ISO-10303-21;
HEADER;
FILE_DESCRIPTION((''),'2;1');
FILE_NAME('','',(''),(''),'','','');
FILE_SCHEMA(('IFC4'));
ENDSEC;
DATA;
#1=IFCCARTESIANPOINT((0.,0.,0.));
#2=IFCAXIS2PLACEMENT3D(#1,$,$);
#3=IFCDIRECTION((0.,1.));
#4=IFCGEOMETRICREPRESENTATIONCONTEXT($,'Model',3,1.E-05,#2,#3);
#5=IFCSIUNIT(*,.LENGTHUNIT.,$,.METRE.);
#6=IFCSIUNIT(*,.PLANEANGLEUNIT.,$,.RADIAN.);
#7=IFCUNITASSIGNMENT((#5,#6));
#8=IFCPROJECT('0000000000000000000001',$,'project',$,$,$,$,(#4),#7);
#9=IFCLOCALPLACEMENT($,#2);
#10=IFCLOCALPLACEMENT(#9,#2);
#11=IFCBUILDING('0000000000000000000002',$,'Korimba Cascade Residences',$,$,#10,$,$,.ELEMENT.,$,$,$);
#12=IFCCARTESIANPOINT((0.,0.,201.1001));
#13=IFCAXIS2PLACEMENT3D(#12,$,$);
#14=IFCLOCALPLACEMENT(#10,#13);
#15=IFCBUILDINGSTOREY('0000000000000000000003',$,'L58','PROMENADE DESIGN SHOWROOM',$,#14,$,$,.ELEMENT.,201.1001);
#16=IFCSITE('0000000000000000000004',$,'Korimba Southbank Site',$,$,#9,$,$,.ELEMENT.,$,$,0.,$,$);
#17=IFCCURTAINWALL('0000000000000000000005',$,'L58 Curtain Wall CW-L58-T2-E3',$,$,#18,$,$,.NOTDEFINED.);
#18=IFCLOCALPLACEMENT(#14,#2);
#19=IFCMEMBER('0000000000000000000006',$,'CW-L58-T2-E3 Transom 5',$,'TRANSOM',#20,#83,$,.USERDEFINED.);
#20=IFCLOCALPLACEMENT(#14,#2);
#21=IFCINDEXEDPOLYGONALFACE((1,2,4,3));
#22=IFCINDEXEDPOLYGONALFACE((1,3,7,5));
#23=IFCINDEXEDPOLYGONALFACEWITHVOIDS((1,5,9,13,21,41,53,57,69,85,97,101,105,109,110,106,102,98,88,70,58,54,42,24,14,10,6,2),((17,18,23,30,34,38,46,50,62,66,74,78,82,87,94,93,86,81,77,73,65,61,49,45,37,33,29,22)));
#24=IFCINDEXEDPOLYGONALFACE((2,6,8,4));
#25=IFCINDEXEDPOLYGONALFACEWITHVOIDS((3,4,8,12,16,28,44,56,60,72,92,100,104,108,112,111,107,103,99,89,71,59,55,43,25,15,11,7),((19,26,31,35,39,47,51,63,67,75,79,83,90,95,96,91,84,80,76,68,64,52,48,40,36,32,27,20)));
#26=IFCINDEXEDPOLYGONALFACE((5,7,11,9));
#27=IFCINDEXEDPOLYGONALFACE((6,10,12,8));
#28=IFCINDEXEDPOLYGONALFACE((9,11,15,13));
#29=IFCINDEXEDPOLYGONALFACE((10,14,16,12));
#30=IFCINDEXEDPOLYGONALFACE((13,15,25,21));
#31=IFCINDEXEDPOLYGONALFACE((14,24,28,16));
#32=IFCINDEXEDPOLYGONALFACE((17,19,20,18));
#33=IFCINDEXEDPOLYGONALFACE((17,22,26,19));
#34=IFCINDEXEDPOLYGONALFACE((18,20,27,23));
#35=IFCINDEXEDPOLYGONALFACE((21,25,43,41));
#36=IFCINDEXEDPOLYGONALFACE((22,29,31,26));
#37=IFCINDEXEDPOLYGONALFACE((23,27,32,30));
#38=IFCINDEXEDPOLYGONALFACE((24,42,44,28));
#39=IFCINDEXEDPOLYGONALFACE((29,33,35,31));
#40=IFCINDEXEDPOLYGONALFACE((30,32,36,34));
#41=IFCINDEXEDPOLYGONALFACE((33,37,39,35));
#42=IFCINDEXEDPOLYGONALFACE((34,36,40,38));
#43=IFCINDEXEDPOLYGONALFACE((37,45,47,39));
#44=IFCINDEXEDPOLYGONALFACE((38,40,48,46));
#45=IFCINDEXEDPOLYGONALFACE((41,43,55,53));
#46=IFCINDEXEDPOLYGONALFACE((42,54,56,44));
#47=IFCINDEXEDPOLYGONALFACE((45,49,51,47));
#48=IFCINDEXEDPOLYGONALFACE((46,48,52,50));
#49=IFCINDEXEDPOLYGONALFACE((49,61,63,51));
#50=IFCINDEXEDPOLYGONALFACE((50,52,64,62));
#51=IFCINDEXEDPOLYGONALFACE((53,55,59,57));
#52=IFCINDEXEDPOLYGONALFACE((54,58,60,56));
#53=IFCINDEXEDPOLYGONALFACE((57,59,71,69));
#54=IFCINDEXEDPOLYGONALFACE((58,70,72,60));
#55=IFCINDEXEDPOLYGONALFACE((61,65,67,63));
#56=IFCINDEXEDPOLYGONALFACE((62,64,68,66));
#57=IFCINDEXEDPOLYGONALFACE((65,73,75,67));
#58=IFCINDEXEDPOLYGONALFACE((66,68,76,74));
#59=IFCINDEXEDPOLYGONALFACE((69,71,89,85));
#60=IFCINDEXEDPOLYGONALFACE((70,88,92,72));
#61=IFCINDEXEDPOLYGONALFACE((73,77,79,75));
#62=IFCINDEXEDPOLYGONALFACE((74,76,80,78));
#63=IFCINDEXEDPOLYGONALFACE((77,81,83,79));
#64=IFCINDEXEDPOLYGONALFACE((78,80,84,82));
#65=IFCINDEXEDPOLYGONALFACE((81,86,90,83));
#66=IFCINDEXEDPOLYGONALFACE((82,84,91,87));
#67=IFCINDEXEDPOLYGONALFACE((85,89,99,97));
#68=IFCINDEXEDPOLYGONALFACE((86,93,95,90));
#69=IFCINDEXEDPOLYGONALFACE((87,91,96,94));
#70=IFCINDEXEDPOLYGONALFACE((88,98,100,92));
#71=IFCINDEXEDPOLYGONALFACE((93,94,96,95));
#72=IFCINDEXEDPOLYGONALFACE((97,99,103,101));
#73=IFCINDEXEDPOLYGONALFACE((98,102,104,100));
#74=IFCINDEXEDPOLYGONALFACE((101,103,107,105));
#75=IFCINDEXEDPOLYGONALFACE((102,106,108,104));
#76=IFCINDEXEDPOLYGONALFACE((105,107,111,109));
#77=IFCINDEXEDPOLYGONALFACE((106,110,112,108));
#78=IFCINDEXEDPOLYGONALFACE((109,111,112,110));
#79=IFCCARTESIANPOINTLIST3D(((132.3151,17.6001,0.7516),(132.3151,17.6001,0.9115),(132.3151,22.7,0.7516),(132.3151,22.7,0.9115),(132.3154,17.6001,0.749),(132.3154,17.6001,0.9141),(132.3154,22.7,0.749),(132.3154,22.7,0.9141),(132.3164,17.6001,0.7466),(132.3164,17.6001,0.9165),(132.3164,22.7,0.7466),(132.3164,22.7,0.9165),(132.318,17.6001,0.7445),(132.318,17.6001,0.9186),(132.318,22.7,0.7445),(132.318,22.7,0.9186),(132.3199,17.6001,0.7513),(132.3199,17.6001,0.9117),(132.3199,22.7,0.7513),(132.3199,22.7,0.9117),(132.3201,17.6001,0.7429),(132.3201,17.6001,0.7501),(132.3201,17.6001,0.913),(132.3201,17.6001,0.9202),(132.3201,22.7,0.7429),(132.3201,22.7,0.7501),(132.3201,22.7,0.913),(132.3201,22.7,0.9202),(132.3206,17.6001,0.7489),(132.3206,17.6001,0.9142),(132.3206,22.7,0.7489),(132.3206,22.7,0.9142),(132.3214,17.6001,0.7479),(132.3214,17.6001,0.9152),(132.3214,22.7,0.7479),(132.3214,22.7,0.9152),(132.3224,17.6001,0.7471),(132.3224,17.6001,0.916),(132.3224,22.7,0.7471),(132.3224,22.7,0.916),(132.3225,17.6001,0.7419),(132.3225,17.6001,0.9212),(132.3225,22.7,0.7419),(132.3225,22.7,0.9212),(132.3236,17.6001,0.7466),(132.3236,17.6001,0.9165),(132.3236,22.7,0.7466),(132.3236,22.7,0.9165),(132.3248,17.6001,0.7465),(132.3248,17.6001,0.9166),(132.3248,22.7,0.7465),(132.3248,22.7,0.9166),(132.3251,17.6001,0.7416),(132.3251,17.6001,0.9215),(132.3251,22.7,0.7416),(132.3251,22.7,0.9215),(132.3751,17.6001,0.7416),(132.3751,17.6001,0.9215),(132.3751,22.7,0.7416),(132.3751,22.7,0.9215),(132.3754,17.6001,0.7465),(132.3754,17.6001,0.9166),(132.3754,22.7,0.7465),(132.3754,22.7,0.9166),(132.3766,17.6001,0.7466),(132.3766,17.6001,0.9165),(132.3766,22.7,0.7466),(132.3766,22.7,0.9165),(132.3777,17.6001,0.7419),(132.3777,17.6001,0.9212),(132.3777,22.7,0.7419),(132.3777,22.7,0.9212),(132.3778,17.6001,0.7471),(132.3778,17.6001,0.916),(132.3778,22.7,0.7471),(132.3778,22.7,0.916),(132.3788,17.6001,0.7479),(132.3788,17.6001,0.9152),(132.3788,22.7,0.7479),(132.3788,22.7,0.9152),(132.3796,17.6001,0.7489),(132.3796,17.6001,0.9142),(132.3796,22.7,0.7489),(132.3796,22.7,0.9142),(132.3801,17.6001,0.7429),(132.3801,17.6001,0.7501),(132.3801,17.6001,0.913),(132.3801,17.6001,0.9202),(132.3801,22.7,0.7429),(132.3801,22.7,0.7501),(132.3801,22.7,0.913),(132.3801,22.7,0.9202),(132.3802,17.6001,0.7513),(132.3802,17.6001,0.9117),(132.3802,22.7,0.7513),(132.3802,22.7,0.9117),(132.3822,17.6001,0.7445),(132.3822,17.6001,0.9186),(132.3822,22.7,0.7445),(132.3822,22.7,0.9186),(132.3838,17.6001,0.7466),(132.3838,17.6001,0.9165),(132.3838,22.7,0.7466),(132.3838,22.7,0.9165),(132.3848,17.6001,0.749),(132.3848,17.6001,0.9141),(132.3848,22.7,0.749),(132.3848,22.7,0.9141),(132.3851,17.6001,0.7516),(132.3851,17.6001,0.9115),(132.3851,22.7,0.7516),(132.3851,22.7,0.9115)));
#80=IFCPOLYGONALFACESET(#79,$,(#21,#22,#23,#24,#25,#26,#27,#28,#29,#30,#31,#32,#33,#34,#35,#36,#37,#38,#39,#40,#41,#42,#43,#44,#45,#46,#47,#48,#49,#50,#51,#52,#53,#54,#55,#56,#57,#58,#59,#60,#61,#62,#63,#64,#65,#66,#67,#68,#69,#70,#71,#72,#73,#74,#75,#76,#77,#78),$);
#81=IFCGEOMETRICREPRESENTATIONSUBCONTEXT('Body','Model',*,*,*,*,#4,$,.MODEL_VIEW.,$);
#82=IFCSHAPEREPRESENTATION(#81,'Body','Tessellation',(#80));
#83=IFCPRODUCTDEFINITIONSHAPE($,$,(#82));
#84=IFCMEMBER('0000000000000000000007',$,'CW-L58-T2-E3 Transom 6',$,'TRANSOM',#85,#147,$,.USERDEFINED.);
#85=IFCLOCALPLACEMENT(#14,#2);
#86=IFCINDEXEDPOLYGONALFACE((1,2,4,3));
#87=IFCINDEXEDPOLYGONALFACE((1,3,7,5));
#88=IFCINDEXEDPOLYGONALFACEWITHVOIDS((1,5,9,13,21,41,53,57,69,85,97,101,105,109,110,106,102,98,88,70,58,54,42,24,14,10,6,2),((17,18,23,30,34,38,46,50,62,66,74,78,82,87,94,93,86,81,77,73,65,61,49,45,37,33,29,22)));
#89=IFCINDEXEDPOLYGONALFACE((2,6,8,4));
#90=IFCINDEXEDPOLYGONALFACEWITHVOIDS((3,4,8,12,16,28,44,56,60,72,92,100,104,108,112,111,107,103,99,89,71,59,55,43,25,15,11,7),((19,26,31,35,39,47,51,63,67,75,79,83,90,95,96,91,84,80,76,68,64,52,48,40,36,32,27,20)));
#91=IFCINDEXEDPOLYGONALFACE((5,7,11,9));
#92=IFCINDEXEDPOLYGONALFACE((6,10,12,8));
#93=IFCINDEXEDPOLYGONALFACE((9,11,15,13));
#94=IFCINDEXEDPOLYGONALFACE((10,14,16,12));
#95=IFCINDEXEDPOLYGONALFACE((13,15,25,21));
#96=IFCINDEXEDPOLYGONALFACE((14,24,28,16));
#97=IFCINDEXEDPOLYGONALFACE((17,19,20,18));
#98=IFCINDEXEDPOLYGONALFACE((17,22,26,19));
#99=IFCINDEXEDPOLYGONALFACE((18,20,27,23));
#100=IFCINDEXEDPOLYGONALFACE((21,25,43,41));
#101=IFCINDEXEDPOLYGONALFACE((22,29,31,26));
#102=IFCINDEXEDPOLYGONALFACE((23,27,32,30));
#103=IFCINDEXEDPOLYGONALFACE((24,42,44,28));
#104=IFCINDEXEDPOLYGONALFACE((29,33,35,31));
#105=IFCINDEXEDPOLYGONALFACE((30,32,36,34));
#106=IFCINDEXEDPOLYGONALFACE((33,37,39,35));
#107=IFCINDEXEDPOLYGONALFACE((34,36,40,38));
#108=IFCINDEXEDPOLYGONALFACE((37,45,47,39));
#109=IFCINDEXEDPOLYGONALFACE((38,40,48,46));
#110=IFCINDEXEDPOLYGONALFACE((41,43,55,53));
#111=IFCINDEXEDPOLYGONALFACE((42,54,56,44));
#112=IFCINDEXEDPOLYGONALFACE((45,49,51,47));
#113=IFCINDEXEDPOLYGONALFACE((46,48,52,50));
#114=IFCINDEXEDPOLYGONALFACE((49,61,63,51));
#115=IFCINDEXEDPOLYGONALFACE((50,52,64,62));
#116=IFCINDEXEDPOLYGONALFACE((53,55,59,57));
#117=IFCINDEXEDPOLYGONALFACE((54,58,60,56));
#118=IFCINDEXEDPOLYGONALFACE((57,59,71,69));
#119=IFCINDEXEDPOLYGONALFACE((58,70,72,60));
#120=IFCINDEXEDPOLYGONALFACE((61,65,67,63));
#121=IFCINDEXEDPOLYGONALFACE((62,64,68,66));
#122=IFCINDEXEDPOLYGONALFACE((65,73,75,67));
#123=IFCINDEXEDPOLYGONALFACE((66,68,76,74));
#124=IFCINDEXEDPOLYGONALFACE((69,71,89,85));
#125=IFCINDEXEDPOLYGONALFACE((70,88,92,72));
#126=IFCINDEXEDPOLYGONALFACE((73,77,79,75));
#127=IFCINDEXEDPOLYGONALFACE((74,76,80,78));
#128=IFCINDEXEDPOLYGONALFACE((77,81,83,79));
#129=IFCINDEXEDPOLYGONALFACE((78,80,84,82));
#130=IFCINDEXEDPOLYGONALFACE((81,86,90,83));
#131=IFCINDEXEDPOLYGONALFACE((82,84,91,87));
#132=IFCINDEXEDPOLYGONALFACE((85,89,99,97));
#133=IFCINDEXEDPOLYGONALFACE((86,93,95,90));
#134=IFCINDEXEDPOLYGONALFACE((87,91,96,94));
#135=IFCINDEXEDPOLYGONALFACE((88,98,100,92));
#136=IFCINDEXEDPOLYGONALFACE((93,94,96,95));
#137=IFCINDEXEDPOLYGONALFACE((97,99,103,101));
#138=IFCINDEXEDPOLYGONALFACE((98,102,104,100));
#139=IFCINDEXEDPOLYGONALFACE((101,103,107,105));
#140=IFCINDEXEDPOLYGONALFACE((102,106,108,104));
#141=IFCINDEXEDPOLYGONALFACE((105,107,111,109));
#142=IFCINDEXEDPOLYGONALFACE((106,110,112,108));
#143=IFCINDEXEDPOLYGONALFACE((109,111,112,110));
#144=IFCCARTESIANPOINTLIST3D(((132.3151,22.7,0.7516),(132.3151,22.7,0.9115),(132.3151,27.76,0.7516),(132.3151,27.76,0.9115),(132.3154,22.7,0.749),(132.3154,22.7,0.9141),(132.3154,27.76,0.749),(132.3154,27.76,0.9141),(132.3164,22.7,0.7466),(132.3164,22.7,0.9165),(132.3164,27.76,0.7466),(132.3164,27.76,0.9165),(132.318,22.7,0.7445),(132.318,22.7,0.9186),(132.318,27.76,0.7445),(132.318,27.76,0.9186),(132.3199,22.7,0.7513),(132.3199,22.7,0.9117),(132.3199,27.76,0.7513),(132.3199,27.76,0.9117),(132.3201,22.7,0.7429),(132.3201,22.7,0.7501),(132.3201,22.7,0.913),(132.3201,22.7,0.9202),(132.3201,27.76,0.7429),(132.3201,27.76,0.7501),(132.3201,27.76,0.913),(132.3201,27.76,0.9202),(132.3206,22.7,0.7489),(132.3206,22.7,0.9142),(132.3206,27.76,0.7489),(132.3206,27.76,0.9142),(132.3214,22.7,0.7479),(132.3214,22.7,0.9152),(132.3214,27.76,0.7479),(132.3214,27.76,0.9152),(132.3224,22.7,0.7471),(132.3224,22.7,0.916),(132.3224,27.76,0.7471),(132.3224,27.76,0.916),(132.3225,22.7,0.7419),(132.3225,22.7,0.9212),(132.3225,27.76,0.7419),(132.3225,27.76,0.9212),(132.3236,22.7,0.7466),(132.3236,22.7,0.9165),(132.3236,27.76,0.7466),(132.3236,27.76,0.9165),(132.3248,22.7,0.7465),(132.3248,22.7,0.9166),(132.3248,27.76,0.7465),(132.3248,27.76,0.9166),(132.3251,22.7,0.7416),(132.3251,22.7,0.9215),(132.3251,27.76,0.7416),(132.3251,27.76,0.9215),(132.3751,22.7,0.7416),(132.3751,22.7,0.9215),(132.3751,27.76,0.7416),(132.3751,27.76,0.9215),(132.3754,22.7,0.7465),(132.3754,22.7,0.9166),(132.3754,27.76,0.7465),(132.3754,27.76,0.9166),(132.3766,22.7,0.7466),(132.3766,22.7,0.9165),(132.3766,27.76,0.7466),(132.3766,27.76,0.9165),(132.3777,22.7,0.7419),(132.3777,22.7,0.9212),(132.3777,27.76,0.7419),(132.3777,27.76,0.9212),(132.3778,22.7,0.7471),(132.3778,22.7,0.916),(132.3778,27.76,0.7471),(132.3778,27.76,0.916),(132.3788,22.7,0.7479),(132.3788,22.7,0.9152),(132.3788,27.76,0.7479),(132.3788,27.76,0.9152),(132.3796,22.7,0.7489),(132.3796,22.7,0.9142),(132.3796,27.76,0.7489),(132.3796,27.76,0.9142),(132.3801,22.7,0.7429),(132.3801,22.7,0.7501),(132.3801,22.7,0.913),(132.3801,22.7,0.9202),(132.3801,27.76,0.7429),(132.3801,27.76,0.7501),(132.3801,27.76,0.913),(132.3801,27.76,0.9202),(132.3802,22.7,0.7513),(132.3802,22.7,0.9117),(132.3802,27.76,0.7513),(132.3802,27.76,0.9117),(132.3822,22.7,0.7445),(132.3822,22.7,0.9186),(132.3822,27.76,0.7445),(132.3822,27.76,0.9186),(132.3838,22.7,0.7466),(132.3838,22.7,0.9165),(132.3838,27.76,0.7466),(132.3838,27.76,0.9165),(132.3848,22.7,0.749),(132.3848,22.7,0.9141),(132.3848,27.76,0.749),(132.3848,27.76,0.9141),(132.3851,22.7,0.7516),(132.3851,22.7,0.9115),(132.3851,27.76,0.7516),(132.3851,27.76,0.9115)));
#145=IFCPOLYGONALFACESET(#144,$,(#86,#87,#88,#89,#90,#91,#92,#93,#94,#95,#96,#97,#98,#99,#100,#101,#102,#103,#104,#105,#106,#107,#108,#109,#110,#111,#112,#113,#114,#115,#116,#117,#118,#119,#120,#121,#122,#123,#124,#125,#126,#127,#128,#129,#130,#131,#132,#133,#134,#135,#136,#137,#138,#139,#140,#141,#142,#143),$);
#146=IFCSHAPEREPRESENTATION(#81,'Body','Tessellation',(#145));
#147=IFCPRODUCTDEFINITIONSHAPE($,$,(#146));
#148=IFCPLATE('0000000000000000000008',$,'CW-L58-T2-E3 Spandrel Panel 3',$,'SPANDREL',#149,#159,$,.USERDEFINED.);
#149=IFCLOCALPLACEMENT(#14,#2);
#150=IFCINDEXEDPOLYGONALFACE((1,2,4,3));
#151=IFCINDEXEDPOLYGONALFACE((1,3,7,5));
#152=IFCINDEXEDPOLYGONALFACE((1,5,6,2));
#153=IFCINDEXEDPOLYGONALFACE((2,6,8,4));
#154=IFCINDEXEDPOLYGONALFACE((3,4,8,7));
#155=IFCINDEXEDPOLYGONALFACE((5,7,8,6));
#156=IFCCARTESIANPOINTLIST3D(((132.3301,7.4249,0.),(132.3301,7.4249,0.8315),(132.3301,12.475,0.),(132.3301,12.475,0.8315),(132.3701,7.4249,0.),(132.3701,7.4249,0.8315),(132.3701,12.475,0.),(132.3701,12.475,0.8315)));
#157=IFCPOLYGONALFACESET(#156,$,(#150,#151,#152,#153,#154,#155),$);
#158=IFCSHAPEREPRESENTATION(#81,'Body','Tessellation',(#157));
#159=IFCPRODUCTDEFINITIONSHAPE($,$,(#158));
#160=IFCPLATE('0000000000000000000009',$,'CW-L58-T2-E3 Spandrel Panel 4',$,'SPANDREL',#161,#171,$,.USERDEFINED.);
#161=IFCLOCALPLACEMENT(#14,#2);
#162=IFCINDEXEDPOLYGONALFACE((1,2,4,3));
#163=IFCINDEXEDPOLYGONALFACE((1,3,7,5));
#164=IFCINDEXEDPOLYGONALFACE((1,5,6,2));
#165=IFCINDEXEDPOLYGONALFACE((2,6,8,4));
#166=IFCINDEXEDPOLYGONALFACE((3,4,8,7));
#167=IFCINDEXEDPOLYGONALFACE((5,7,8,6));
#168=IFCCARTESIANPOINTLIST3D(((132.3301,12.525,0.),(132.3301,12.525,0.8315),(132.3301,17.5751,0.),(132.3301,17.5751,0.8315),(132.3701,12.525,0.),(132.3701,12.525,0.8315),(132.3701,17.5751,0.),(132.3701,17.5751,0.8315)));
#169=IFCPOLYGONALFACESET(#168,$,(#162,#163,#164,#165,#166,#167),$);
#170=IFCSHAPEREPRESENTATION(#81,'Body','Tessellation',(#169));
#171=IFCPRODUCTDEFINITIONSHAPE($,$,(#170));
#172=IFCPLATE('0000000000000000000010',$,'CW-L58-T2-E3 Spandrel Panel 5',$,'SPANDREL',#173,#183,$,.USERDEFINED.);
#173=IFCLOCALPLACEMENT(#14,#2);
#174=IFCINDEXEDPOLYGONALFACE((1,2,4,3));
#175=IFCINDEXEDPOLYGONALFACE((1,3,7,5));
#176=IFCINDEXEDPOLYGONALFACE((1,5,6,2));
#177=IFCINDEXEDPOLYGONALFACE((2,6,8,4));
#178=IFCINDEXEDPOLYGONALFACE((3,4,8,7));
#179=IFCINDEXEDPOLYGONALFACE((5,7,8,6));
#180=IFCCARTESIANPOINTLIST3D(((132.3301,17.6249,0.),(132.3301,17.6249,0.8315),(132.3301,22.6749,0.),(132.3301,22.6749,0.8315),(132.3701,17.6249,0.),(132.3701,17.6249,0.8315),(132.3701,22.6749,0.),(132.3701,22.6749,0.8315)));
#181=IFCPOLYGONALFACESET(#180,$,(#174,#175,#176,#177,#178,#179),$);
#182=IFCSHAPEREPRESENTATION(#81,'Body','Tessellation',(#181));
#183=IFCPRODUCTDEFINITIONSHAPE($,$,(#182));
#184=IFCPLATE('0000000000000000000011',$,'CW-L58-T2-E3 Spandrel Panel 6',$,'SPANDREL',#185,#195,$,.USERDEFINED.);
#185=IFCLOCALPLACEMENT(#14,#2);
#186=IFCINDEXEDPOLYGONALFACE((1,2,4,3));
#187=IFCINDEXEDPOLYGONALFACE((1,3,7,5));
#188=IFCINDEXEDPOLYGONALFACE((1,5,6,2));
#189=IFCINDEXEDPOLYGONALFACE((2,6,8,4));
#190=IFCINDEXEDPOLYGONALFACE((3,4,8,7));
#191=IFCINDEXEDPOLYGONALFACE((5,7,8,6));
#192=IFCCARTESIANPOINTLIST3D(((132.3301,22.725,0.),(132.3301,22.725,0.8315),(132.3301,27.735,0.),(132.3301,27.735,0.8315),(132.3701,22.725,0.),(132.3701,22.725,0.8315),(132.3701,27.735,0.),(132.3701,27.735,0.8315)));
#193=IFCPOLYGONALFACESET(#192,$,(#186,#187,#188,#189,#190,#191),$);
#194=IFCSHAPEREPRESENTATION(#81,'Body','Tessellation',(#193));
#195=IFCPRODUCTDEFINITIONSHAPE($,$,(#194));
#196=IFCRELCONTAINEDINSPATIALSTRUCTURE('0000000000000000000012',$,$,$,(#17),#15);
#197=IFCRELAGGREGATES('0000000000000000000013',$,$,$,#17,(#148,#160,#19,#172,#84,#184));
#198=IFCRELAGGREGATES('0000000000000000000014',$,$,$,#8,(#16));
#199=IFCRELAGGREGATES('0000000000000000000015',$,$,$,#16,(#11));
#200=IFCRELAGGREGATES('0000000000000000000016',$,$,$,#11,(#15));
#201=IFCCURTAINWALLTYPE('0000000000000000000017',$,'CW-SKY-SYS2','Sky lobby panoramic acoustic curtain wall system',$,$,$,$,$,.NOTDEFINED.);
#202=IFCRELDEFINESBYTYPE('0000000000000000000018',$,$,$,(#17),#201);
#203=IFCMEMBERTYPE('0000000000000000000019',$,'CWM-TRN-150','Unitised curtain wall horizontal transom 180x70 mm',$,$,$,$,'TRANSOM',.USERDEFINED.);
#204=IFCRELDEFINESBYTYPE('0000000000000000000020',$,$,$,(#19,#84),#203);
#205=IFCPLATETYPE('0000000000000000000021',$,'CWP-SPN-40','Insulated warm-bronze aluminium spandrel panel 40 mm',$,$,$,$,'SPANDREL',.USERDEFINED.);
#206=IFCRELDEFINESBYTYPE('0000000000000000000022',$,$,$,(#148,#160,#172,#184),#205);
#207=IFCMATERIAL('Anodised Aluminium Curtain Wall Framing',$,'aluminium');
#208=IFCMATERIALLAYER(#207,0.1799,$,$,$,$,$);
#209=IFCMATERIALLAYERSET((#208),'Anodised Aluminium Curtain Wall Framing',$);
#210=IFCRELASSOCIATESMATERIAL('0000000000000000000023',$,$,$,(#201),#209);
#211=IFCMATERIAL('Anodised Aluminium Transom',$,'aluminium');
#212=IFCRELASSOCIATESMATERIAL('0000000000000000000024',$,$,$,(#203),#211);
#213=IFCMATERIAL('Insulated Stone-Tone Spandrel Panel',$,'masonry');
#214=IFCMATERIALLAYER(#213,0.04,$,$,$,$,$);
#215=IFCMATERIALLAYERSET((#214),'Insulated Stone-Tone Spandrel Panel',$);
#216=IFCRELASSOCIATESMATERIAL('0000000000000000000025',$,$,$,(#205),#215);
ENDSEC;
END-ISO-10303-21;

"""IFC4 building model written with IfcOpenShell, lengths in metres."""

from ifc_helpers import new_model, si_unit, direction, frame, origin, origin_2d, place, context, subcontext, project, spatial, rectangle, hollow_rectangle, extrude, material, layer, layer_set, material_profile, profile_set, type_object, element, aggregate, save


model = new_model("IFC4")

# Units and contexts
model_context = context("Model", 3, precision=1e-05, world=origin(), true_north=direction((0.0, 1.0)))
body_context = subcontext(model_context, "Body", "Model", "MODEL_VIEW")
ifc_project = project(units=[si_unit("LENGTHUNIT", "METRE"), si_unit("PLANEANGLEUNIT", "RADIAN")], contexts=[model_context])

# Site, building, storey
site_placement = place(None, origin())
site = spatial("IfcSite", under=ifc_project, at=site_placement, Name="Korimba Southbank Site", CompositionType="ELEMENT", RefElevation=0.0)
building_placement = place(site_placement, origin())
building = spatial("IfcBuilding", under=site, at=building_placement, Name="Korimba Cascade Residences", CompositionType="ELEMENT")
storey_placement = place(building_placement, frame((0.0, 0.0, 201.1001)))
storey = spatial("IfcBuildingStorey", under=building, at=storey_placement, Name="L58", Description="PROMENADE DESIGN SHOWROOM", CompositionType="ELEMENT", Elevation=201.1001)

# Curtain wall, members, plates
ifc_material_1 = material(Name="Anodised Aluminium Curtain Wall Framing", Category="aluminium")
ifc_layer_1 = layer(ifc_material_1, 0.1799)
ifc_layer_set_1 = layer_set([ifc_layer_1], Name="Anodised Aluminium Curtain Wall Framing")
curtain_wall_type = type_object("IfcCurtainWallType", Name="CW-SKY-SYS2", Description="Sky lobby panoramic acoustic curtain wall system", PredefinedType="NOTDEFINED", material=ifc_layer_set_1)
curtain_wall_placement = place(storey_placement, origin())
curtain_wall = element("IfcCurtainWall", 1, at=curtain_wall_placement, inside=storey, type_object=curtain_wall_type, Name="L58 Curtain Wall CW-L58-T2-E3", PredefinedType="NOTDEFINED")
ifc_material_2 = material(Name="Anodised Aluminium Transom", Category="aluminium")
ifc_material_profile_1 = material_profile(ifc_material_2, hollow_rectangle(XDim=0.0701, YDim=0.1799, WallThickness=0.0049, InnerFilletRadius=0.0049, OuterFilletRadius=0.01, at=origin_2d()), Name="Anodised Aluminium Transom")
ifc_profile_set_1 = profile_set([ifc_material_profile_1], Name="Anodised Aluminium Transom")
member_type_1 = type_object("IfcMemberType", Name="CWM-TRN-150", Description="Unitised curtain wall horizontal transom 180x70 mm", ElementType="TRANSOM", PredefinedType="USERDEFINED", material=ifc_profile_set_1)
member_1_placement = place(storey_placement, frame((132.3501, 17.6001, 0.8315), z_axis=(0.0, 1.0, 0.0), x_axis=(-1.0, 0.0, 0.0)))
member_1 = element("IfcMember", 2, at=member_1_placement, type_object=member_type_1, Name="CW-L58-T2-E3 Transom 5", ObjectType="TRANSOM", PredefinedType="USERDEFINED", context=body_context, shape_type="SweptSolid", body=[
    extrude(hollow_rectangle(XDim=0.0701, YDim=0.1799, WallThickness=0.0049, InnerFilletRadius=0.0049, OuterFilletRadius=0.01, at=origin_2d()), origin(), (0.0, 0.0, 1.0), 5.0999),
])
member_2_placement = place(storey_placement, frame((132.3501, 22.7, 0.8315), z_axis=(0.0, 1.0, 0.0), x_axis=(-1.0, 0.0, 0.0)))
member_2 = element("IfcMember", 3, at=member_2_placement, type_object=member_type_1, Name="CW-L58-T2-E3 Transom 6", ObjectType="TRANSOM", PredefinedType="USERDEFINED", context=body_context, shape_type="SweptSolid", body=[
    extrude(hollow_rectangle(XDim=0.0701, YDim=0.1799, WallThickness=0.0049, InnerFilletRadius=0.0049, OuterFilletRadius=0.01, at=origin_2d()), origin(), (0.0, 0.0, 1.0), 5.0601),
])
ifc_material_3 = material(Name="Insulated Stone-Tone Spandrel Panel", Category="masonry")
ifc_layer_2 = layer(ifc_material_3, 0.04)
ifc_layer_set_2 = layer_set([ifc_layer_2], Name="Insulated Stone-Tone Spandrel Panel")
plate_type_1 = type_object("IfcPlateType", Name="CWP-SPN-40", Description="Insulated warm-bronze aluminium spandrel panel 40 mm", ElementType="SPANDREL", PredefinedType="USERDEFINED", material=ifc_layer_set_2)
plate_1_placement = place(storey_placement, frame((132.3501, 9.95, 0.0), z_axis=(0.0, 0.0, 1.0), x_axis=(0.0, 1.0, 0.0)))
plate_1 = element("IfcPlate", 4, at=plate_1_placement, type_object=plate_type_1, Name="CW-L58-T2-E3 Spandrel Panel 3", ObjectType="SPANDREL", PredefinedType="USERDEFINED", context=body_context, shape_type="SweptSolid", body=[
    extrude(rectangle(XDim=5.05, YDim=0.04, at=origin_2d()), origin(), (0.0, 0.0, 1.0), 0.8315),
])
plate_2_placement = place(storey_placement, frame((132.3501, 15.05, 0.0), z_axis=(0.0, 0.0, 1.0), x_axis=(0.0, 1.0, 0.0)))
plate_2 = element("IfcPlate", 5, at=plate_2_placement, type_object=plate_type_1, Name="CW-L58-T2-E3 Spandrel Panel 4", ObjectType="SPANDREL", PredefinedType="USERDEFINED", context=body_context, shape_type="SweptSolid", body=[
    extrude(rectangle(XDim=5.05, YDim=0.04, at=origin_2d()), origin(), (0.0, 0.0, 1.0), 0.8315),
])
plate_3_placement = place(storey_placement, frame((132.3501, 20.1499, 0.0), z_axis=(0.0, 0.0, 1.0), x_axis=(0.0, 1.0, 0.0)))
plate_3 = element("IfcPlate", 6, at=plate_3_placement, type_object=plate_type_1, Name="CW-L58-T2-E3 Spandrel Panel 5", ObjectType="SPANDREL", PredefinedType="USERDEFINED", context=body_context, shape_type="SweptSolid", body=[
    extrude(rectangle(XDim=5.05, YDim=0.04, at=origin_2d()), origin(), (0.0, 0.0, 1.0), 0.8315),
])
plate_4_placement = place(storey_placement, frame((132.3501, 25.23, 0.0), z_axis=(0.0, 0.0, 1.0), x_axis=(0.0, 1.0, 0.0)))
plate_4 = element("IfcPlate", 7, at=plate_4_placement, type_object=plate_type_1, Name="CW-L58-T2-E3 Spandrel Panel 6", ObjectType="SPANDREL", PredefinedType="USERDEFINED", context=body_context, shape_type="SweptSolid", body=[
    extrude(rectangle(XDim=5.01, YDim=0.04, at=origin_2d()), origin(), (0.0, 0.0, 1.0), 0.8315),
])
aggregate(curtain_wall, [plate_1, plate_2, member_1, plate_3, member_2, plate_4])

save(model, "model.ifc")
